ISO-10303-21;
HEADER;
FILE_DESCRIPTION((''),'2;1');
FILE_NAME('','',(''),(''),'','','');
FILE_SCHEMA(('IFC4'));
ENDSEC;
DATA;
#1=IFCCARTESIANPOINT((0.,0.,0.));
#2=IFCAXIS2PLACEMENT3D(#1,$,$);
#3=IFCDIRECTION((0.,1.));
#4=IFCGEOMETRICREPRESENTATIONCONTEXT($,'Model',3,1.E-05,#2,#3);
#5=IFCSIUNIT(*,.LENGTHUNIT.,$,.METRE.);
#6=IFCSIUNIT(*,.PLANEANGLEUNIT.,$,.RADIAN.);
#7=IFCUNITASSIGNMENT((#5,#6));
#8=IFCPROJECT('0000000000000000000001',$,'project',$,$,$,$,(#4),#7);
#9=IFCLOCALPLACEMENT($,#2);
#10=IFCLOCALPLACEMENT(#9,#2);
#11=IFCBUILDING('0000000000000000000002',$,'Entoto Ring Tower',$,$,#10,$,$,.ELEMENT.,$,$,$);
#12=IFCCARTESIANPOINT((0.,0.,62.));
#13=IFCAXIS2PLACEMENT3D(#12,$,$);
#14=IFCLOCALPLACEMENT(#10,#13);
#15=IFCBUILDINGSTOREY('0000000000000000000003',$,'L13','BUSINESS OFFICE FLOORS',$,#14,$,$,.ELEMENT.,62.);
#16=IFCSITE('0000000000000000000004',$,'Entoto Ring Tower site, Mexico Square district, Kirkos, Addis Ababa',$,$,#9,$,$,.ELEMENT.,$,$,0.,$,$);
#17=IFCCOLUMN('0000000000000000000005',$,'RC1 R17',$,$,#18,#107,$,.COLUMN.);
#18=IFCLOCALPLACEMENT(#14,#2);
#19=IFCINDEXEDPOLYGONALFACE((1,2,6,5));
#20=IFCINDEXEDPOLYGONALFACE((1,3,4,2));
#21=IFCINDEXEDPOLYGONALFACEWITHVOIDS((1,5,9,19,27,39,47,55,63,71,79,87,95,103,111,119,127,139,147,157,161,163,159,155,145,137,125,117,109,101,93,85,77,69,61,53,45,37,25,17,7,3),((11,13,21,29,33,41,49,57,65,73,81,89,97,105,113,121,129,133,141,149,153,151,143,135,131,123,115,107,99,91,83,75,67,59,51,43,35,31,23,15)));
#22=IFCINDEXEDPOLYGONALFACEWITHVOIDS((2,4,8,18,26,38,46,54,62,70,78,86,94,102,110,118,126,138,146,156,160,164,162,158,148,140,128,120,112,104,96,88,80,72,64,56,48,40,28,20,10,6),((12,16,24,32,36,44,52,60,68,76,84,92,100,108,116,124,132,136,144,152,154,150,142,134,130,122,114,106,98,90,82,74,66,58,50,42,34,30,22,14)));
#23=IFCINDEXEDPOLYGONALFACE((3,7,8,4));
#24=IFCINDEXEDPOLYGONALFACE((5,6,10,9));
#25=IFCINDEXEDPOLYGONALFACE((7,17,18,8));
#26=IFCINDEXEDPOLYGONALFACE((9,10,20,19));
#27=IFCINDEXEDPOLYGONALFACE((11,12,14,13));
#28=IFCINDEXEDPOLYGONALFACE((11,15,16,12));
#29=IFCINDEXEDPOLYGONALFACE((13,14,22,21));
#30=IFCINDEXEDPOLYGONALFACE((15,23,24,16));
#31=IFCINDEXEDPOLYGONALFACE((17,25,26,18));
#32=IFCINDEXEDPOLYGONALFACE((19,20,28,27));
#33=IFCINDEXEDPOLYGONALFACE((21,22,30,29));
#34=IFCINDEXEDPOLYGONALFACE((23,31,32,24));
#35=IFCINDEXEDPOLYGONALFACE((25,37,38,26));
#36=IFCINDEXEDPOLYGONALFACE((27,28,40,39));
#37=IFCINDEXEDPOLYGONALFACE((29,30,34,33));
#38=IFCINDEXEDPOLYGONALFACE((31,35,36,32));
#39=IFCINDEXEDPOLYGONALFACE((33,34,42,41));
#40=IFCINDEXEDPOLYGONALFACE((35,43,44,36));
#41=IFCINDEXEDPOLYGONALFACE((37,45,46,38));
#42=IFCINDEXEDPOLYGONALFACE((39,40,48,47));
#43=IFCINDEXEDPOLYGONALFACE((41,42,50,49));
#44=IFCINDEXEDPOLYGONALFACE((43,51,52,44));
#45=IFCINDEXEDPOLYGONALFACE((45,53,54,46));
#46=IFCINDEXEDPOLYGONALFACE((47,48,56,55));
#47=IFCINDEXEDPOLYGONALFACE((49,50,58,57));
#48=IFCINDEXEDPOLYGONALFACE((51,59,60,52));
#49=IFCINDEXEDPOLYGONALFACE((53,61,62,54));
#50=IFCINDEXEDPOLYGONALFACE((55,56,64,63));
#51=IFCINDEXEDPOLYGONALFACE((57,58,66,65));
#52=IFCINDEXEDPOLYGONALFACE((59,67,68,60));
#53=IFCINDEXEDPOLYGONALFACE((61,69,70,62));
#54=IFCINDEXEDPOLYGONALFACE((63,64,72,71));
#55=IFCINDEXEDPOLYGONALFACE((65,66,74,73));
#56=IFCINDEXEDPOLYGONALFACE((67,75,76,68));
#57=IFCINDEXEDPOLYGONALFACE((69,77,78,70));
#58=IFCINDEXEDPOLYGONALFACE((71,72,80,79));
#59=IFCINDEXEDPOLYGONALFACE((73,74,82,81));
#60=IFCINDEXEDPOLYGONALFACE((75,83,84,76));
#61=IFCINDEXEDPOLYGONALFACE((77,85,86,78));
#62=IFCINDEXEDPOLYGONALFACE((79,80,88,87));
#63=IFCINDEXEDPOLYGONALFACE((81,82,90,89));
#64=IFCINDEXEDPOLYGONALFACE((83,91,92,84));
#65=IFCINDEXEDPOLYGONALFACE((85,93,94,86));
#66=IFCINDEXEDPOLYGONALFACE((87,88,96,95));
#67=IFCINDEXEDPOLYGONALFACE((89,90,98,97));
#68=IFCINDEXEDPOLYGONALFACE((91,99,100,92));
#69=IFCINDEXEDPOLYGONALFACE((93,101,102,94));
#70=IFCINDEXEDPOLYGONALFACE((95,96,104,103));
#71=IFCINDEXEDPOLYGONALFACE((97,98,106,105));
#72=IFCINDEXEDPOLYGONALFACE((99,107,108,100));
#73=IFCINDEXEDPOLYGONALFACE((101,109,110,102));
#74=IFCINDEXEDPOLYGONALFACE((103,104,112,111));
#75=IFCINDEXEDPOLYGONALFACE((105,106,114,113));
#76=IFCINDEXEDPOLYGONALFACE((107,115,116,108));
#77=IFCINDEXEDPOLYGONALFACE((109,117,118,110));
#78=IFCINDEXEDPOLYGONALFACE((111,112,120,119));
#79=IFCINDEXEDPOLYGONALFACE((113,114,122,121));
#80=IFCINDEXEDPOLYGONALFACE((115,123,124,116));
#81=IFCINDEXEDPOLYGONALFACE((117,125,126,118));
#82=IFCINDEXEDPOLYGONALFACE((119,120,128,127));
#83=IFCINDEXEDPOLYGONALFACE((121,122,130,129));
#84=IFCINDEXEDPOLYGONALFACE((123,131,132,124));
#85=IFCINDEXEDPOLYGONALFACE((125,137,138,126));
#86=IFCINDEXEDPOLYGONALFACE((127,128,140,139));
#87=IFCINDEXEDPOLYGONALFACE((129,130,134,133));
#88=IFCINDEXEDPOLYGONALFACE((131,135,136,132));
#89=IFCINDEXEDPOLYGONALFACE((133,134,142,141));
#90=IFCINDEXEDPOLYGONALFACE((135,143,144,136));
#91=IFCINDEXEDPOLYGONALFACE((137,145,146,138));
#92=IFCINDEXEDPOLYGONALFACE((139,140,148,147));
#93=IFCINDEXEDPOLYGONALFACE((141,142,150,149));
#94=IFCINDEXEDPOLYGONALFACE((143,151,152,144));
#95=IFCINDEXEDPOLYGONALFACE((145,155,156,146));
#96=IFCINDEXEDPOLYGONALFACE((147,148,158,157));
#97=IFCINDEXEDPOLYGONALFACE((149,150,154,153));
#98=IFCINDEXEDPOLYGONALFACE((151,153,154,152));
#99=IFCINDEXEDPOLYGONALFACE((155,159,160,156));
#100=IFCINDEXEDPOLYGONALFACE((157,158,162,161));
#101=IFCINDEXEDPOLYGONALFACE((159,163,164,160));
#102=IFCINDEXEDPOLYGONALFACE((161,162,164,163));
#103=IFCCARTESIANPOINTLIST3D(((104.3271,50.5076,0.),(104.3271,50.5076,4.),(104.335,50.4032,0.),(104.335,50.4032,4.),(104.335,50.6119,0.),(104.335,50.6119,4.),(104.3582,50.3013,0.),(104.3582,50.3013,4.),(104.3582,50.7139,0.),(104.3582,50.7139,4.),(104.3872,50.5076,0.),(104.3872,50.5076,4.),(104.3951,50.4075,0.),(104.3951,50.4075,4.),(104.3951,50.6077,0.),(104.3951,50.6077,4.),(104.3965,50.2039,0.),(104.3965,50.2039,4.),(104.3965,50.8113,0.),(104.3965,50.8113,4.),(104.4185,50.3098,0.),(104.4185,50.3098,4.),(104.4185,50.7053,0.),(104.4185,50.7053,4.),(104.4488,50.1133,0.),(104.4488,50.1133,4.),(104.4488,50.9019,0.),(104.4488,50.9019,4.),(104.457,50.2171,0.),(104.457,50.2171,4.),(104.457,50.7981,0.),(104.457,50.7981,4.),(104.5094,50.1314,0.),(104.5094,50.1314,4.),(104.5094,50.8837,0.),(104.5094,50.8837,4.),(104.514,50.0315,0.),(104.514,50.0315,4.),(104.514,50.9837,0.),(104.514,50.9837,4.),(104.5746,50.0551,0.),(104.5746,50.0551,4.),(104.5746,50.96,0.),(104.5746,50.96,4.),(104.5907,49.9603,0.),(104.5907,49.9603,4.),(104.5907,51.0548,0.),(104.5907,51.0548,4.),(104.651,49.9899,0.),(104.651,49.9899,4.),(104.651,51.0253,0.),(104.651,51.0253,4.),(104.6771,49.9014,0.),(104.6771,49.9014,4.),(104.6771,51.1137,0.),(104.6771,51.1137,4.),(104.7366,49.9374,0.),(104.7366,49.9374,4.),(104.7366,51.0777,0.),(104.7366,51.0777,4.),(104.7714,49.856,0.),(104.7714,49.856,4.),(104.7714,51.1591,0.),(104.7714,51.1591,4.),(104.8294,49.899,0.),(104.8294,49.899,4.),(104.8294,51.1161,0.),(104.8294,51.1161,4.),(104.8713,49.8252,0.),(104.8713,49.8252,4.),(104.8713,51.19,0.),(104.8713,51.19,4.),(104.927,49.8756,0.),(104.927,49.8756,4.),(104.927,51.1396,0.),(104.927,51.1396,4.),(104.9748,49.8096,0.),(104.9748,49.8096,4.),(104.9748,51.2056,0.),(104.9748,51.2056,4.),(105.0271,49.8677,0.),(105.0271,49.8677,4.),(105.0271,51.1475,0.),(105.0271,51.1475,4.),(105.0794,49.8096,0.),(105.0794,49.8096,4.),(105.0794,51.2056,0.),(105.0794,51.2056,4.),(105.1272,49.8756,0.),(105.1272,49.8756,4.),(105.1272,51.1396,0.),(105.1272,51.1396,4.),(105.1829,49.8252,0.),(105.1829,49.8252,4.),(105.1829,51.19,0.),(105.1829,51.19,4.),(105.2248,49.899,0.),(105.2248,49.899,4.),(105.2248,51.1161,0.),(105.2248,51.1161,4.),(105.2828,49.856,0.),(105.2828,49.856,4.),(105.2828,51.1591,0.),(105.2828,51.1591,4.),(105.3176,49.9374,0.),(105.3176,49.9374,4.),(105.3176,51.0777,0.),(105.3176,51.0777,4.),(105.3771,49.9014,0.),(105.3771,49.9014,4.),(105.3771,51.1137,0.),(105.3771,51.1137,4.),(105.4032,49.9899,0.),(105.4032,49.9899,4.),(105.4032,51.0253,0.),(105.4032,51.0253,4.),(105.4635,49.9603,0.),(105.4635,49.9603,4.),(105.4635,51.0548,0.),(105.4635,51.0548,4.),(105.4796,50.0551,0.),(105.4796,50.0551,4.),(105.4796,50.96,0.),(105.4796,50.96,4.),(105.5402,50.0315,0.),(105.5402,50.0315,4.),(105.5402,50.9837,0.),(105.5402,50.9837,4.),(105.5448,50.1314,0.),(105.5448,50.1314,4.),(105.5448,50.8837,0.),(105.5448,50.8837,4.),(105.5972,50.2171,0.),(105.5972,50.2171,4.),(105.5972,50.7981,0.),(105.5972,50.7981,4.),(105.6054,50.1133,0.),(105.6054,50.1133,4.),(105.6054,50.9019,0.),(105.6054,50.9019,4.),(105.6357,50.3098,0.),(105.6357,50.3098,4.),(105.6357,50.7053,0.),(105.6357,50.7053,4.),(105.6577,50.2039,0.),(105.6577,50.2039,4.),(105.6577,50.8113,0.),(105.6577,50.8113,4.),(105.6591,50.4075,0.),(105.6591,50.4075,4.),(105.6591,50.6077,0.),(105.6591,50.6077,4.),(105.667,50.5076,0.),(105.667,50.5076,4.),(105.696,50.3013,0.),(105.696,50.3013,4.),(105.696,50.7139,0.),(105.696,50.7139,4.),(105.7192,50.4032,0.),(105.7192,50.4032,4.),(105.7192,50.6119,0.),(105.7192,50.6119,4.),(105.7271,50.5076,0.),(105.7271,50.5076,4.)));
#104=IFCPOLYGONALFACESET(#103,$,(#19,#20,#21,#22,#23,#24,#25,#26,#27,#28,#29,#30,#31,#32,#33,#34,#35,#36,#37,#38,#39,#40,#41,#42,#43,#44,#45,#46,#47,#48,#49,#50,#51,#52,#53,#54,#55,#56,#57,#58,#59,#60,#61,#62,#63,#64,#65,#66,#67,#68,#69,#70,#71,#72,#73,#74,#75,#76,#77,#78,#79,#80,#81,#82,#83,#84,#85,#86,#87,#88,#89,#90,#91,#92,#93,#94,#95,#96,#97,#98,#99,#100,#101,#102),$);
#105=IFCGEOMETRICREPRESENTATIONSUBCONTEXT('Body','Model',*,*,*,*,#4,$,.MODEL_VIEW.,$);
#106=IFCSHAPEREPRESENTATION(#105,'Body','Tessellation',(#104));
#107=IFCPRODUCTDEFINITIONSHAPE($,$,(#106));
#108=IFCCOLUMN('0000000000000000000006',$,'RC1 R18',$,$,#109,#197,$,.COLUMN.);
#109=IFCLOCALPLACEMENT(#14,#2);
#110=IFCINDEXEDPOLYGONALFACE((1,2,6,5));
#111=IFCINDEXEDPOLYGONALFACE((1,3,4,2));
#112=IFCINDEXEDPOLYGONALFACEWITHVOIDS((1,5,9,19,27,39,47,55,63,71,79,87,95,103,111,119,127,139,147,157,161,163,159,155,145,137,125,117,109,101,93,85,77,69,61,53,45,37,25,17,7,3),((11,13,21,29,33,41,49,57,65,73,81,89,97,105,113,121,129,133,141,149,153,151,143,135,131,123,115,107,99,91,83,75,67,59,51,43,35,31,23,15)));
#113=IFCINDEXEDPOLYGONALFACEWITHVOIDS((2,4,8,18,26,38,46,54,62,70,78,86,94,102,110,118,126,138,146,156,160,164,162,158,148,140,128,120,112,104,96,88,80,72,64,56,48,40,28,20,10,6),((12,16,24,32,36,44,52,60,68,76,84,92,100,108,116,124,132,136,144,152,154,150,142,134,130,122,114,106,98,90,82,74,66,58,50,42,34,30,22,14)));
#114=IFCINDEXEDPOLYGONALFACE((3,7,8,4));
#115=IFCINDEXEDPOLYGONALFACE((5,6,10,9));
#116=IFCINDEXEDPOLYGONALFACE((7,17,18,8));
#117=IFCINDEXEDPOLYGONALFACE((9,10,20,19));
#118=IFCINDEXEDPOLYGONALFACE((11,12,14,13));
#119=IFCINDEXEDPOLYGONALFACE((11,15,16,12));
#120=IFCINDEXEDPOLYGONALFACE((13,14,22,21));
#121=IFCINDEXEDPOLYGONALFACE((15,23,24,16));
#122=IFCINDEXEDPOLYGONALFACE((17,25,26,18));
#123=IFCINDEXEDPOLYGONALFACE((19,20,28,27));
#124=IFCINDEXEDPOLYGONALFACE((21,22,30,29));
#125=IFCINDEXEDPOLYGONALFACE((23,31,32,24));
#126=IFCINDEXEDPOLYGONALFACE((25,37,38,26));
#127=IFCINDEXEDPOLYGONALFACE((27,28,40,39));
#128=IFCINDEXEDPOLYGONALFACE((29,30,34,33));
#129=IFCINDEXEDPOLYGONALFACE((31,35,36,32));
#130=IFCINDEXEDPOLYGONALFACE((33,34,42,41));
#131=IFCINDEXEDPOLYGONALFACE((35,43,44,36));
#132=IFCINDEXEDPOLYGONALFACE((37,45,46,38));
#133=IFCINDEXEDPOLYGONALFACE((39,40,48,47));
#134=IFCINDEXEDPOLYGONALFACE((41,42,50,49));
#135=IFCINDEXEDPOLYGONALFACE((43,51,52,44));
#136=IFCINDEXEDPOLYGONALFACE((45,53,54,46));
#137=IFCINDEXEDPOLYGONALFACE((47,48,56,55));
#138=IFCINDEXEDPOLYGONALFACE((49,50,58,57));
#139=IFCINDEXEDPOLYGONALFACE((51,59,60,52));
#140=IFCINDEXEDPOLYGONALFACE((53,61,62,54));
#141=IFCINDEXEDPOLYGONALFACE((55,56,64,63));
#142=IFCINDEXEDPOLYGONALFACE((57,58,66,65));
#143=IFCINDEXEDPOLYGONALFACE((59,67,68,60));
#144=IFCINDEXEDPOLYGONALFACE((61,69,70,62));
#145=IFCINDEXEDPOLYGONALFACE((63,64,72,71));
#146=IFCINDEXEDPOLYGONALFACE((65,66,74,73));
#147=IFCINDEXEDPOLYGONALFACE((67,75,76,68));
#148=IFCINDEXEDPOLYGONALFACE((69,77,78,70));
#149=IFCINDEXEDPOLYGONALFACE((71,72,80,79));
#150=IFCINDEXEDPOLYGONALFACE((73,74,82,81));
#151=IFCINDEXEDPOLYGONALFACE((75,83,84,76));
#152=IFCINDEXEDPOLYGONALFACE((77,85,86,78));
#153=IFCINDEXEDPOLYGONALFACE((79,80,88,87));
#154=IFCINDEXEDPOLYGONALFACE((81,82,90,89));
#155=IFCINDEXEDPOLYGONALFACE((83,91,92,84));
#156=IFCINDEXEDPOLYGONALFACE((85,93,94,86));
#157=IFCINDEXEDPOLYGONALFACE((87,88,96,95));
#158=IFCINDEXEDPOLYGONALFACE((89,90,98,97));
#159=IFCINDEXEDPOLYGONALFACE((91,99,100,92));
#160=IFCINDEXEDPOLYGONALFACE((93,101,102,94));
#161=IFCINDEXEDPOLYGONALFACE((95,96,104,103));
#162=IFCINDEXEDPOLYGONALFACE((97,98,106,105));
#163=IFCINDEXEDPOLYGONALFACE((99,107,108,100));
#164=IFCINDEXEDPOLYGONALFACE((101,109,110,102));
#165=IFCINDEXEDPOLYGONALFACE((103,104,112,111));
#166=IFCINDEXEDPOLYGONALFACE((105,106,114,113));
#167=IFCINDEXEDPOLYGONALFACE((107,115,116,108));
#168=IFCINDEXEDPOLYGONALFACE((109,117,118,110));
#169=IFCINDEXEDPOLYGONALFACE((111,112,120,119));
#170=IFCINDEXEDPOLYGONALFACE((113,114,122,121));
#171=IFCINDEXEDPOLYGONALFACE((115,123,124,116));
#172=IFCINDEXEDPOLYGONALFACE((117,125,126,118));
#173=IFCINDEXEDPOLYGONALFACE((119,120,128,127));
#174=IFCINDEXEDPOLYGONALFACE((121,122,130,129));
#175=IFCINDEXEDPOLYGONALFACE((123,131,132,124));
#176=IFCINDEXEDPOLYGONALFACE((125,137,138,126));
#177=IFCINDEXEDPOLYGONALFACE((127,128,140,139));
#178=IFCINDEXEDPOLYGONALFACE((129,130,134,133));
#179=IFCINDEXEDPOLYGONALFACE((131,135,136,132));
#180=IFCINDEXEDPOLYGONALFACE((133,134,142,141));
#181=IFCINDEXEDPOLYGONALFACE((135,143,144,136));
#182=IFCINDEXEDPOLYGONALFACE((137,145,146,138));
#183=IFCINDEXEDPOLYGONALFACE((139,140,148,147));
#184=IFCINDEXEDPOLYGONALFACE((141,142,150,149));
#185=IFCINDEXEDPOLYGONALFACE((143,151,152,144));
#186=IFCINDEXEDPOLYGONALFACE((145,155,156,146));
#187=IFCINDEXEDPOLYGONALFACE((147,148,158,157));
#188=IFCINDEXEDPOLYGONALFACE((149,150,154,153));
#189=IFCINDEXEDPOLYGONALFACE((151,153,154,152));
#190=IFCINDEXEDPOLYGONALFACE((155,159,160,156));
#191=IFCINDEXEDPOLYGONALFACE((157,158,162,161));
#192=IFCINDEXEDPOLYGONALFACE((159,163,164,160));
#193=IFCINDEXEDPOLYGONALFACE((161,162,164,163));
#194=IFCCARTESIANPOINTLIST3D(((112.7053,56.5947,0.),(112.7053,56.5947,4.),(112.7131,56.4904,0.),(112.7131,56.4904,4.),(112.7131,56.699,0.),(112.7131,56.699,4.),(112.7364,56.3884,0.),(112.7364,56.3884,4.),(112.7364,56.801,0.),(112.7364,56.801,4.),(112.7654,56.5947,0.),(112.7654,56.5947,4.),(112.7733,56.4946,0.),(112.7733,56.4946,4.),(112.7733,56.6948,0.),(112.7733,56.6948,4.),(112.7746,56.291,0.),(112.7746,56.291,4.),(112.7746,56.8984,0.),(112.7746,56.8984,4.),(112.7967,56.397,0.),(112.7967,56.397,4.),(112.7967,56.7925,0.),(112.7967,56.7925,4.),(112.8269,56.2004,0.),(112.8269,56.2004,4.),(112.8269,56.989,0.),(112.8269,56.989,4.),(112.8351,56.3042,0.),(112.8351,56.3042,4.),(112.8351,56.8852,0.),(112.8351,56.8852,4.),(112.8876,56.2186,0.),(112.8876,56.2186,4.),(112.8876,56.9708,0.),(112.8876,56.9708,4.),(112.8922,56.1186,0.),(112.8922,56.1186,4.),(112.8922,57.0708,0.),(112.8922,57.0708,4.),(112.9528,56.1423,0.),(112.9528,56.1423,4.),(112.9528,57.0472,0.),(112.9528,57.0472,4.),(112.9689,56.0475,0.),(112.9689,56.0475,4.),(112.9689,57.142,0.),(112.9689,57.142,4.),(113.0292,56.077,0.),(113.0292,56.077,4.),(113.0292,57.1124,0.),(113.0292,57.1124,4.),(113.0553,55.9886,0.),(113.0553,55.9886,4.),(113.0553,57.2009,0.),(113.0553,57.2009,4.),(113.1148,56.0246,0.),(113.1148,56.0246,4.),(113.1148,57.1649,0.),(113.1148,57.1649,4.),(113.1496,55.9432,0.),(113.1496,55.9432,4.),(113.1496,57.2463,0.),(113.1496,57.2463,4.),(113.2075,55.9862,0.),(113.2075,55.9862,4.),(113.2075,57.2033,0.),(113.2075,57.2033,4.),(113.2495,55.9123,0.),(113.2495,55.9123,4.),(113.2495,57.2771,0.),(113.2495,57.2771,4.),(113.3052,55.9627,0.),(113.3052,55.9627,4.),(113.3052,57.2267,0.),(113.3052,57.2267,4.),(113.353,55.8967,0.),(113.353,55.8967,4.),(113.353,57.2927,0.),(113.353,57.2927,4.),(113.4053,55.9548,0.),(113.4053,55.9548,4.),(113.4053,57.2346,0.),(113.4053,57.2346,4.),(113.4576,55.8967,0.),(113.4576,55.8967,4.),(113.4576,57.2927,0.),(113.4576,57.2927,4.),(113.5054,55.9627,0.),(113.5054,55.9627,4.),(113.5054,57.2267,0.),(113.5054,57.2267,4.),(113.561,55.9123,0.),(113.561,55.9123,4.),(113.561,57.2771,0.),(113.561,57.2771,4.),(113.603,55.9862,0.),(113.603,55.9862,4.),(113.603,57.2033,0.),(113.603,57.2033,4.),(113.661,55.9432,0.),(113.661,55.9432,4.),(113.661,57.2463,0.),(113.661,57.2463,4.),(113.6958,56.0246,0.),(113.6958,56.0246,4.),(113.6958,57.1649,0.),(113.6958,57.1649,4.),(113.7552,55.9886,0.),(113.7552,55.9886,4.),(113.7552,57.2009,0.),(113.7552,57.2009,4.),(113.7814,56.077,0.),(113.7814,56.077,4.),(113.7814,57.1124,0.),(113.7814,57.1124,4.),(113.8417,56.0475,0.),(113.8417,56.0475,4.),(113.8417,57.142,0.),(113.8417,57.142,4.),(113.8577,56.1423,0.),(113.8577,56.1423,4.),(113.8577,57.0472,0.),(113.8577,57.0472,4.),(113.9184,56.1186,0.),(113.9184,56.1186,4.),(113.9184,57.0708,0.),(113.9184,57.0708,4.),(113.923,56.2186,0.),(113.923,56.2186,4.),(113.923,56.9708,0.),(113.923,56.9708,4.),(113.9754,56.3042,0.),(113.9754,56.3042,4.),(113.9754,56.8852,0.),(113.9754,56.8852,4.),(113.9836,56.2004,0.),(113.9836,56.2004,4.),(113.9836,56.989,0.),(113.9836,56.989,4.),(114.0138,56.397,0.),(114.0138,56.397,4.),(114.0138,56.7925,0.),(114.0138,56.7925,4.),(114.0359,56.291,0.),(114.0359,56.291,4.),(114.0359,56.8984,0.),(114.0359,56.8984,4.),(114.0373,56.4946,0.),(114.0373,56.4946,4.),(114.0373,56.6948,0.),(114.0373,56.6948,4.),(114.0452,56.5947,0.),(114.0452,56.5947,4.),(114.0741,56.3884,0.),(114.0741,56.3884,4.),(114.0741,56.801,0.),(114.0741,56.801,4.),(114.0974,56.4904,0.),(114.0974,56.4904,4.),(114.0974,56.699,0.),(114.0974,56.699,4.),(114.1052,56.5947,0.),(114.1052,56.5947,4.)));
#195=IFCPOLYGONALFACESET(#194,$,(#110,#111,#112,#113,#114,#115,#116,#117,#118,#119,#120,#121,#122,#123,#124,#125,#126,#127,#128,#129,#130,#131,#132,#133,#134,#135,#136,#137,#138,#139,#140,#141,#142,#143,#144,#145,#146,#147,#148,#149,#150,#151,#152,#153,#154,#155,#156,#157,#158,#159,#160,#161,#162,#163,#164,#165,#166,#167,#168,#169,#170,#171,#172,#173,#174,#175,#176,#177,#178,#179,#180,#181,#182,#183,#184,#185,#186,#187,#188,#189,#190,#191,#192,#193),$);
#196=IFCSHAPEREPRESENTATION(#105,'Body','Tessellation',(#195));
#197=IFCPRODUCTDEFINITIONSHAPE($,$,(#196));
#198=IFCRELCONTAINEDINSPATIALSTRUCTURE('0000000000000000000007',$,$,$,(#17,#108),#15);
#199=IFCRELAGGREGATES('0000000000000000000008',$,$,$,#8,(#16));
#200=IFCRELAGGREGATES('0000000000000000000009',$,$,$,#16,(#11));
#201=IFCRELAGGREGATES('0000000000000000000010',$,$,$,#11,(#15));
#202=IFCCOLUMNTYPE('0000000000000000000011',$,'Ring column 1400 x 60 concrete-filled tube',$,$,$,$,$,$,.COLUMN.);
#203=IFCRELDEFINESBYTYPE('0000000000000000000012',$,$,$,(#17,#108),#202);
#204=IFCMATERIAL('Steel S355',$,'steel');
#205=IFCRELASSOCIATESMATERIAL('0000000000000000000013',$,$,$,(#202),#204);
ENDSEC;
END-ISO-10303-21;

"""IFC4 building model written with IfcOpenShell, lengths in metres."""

from ifc_helpers import new_model, si_unit, direction, frame, origin, origin_2d, place, context, subcontext, project, spatial, circle, hollow_circle, extrude, material, material_profile, profile_set, type_object, element, save


model = new_model("IFC4")

# Units and contexts
model_context = context("Model", 3, precision=1e-05, world=origin(), true_north=direction((0.0, 1.0)))
body_context = subcontext(model_context, "Body", "Model", "MODEL_VIEW")
ifc_project = project(units=[si_unit("LENGTHUNIT", "METRE"), si_unit("PLANEANGLEUNIT", "RADIAN")], contexts=[model_context])

# Site, building, storey
site_placement = place(None, origin())
site = spatial("IfcSite", under=ifc_project, at=site_placement, Name="Entoto Ring Tower site, Mexico Square district, Kirkos, Addis Ababa", CompositionType="ELEMENT", RefElevation=0.0)
building_placement = place(site_placement, origin())
building = spatial("IfcBuilding", under=site, at=building_placement, Name="Entoto Ring Tower", CompositionType="ELEMENT")
storey_placement = place(building_placement, frame((0.0, 0.0, 62.0)))
storey = spatial("IfcBuildingStorey", under=building, at=storey_placement, Name="L13", Description="BUSINESS OFFICE FLOORS", CompositionType="ELEMENT", Elevation=62.0)

# Columns
ifc_material_1 = material(Name="Steel S355", Category="steel")
ifc_material_profile_1 = material_profile(ifc_material_1, hollow_circle(Radius=0.7, WallThickness=0.0601, at=origin_2d()), Name="CHS 1400 x 60")
ifc_material_2 = material(Name="Concrete C60/75", Category="concrete")
ifc_material_profile_2 = material_profile(ifc_material_2, circle(Radius=0.6399, at=origin_2d()), Name="Concrete C60/75 infill")
ifc_profile_set_1 = profile_set([ifc_material_profile_1, ifc_material_profile_2], Name="Steel S355")
column_type = type_object("IfcColumnType", Name="Ring column 1400 x 60 concrete-filled tube", PredefinedType="COLUMN", material=ifc_profile_set_1)
for number, where, z_axis, x_axis, name in (
    (1, (105.0271, 50.5076, 0.0), (0.0, 0.0, 1.0), (1.0, 0.0, 0.0), "RC1 R17"),
    (2, (113.4053, 56.5947, 0.0), (0.0, 0.0, 1.0), (1.0, 0.0, 0.0), "RC1 R18"),
):
    element("IfcColumn", number, at=place(storey_placement, frame(where, z_axis=z_axis, x_axis=x_axis)), inside=storey, type_object=column_type, Name=name, PredefinedType="COLUMN", context=body_context, shape_type="SweptSolid", body=[
        extrude(hollow_circle(Radius=0.7, WallThickness=0.0601, at=origin_2d()), origin(), (0.0, 0.0, 1.0), 4.0),
    ])

save(model, "model.ifc")
